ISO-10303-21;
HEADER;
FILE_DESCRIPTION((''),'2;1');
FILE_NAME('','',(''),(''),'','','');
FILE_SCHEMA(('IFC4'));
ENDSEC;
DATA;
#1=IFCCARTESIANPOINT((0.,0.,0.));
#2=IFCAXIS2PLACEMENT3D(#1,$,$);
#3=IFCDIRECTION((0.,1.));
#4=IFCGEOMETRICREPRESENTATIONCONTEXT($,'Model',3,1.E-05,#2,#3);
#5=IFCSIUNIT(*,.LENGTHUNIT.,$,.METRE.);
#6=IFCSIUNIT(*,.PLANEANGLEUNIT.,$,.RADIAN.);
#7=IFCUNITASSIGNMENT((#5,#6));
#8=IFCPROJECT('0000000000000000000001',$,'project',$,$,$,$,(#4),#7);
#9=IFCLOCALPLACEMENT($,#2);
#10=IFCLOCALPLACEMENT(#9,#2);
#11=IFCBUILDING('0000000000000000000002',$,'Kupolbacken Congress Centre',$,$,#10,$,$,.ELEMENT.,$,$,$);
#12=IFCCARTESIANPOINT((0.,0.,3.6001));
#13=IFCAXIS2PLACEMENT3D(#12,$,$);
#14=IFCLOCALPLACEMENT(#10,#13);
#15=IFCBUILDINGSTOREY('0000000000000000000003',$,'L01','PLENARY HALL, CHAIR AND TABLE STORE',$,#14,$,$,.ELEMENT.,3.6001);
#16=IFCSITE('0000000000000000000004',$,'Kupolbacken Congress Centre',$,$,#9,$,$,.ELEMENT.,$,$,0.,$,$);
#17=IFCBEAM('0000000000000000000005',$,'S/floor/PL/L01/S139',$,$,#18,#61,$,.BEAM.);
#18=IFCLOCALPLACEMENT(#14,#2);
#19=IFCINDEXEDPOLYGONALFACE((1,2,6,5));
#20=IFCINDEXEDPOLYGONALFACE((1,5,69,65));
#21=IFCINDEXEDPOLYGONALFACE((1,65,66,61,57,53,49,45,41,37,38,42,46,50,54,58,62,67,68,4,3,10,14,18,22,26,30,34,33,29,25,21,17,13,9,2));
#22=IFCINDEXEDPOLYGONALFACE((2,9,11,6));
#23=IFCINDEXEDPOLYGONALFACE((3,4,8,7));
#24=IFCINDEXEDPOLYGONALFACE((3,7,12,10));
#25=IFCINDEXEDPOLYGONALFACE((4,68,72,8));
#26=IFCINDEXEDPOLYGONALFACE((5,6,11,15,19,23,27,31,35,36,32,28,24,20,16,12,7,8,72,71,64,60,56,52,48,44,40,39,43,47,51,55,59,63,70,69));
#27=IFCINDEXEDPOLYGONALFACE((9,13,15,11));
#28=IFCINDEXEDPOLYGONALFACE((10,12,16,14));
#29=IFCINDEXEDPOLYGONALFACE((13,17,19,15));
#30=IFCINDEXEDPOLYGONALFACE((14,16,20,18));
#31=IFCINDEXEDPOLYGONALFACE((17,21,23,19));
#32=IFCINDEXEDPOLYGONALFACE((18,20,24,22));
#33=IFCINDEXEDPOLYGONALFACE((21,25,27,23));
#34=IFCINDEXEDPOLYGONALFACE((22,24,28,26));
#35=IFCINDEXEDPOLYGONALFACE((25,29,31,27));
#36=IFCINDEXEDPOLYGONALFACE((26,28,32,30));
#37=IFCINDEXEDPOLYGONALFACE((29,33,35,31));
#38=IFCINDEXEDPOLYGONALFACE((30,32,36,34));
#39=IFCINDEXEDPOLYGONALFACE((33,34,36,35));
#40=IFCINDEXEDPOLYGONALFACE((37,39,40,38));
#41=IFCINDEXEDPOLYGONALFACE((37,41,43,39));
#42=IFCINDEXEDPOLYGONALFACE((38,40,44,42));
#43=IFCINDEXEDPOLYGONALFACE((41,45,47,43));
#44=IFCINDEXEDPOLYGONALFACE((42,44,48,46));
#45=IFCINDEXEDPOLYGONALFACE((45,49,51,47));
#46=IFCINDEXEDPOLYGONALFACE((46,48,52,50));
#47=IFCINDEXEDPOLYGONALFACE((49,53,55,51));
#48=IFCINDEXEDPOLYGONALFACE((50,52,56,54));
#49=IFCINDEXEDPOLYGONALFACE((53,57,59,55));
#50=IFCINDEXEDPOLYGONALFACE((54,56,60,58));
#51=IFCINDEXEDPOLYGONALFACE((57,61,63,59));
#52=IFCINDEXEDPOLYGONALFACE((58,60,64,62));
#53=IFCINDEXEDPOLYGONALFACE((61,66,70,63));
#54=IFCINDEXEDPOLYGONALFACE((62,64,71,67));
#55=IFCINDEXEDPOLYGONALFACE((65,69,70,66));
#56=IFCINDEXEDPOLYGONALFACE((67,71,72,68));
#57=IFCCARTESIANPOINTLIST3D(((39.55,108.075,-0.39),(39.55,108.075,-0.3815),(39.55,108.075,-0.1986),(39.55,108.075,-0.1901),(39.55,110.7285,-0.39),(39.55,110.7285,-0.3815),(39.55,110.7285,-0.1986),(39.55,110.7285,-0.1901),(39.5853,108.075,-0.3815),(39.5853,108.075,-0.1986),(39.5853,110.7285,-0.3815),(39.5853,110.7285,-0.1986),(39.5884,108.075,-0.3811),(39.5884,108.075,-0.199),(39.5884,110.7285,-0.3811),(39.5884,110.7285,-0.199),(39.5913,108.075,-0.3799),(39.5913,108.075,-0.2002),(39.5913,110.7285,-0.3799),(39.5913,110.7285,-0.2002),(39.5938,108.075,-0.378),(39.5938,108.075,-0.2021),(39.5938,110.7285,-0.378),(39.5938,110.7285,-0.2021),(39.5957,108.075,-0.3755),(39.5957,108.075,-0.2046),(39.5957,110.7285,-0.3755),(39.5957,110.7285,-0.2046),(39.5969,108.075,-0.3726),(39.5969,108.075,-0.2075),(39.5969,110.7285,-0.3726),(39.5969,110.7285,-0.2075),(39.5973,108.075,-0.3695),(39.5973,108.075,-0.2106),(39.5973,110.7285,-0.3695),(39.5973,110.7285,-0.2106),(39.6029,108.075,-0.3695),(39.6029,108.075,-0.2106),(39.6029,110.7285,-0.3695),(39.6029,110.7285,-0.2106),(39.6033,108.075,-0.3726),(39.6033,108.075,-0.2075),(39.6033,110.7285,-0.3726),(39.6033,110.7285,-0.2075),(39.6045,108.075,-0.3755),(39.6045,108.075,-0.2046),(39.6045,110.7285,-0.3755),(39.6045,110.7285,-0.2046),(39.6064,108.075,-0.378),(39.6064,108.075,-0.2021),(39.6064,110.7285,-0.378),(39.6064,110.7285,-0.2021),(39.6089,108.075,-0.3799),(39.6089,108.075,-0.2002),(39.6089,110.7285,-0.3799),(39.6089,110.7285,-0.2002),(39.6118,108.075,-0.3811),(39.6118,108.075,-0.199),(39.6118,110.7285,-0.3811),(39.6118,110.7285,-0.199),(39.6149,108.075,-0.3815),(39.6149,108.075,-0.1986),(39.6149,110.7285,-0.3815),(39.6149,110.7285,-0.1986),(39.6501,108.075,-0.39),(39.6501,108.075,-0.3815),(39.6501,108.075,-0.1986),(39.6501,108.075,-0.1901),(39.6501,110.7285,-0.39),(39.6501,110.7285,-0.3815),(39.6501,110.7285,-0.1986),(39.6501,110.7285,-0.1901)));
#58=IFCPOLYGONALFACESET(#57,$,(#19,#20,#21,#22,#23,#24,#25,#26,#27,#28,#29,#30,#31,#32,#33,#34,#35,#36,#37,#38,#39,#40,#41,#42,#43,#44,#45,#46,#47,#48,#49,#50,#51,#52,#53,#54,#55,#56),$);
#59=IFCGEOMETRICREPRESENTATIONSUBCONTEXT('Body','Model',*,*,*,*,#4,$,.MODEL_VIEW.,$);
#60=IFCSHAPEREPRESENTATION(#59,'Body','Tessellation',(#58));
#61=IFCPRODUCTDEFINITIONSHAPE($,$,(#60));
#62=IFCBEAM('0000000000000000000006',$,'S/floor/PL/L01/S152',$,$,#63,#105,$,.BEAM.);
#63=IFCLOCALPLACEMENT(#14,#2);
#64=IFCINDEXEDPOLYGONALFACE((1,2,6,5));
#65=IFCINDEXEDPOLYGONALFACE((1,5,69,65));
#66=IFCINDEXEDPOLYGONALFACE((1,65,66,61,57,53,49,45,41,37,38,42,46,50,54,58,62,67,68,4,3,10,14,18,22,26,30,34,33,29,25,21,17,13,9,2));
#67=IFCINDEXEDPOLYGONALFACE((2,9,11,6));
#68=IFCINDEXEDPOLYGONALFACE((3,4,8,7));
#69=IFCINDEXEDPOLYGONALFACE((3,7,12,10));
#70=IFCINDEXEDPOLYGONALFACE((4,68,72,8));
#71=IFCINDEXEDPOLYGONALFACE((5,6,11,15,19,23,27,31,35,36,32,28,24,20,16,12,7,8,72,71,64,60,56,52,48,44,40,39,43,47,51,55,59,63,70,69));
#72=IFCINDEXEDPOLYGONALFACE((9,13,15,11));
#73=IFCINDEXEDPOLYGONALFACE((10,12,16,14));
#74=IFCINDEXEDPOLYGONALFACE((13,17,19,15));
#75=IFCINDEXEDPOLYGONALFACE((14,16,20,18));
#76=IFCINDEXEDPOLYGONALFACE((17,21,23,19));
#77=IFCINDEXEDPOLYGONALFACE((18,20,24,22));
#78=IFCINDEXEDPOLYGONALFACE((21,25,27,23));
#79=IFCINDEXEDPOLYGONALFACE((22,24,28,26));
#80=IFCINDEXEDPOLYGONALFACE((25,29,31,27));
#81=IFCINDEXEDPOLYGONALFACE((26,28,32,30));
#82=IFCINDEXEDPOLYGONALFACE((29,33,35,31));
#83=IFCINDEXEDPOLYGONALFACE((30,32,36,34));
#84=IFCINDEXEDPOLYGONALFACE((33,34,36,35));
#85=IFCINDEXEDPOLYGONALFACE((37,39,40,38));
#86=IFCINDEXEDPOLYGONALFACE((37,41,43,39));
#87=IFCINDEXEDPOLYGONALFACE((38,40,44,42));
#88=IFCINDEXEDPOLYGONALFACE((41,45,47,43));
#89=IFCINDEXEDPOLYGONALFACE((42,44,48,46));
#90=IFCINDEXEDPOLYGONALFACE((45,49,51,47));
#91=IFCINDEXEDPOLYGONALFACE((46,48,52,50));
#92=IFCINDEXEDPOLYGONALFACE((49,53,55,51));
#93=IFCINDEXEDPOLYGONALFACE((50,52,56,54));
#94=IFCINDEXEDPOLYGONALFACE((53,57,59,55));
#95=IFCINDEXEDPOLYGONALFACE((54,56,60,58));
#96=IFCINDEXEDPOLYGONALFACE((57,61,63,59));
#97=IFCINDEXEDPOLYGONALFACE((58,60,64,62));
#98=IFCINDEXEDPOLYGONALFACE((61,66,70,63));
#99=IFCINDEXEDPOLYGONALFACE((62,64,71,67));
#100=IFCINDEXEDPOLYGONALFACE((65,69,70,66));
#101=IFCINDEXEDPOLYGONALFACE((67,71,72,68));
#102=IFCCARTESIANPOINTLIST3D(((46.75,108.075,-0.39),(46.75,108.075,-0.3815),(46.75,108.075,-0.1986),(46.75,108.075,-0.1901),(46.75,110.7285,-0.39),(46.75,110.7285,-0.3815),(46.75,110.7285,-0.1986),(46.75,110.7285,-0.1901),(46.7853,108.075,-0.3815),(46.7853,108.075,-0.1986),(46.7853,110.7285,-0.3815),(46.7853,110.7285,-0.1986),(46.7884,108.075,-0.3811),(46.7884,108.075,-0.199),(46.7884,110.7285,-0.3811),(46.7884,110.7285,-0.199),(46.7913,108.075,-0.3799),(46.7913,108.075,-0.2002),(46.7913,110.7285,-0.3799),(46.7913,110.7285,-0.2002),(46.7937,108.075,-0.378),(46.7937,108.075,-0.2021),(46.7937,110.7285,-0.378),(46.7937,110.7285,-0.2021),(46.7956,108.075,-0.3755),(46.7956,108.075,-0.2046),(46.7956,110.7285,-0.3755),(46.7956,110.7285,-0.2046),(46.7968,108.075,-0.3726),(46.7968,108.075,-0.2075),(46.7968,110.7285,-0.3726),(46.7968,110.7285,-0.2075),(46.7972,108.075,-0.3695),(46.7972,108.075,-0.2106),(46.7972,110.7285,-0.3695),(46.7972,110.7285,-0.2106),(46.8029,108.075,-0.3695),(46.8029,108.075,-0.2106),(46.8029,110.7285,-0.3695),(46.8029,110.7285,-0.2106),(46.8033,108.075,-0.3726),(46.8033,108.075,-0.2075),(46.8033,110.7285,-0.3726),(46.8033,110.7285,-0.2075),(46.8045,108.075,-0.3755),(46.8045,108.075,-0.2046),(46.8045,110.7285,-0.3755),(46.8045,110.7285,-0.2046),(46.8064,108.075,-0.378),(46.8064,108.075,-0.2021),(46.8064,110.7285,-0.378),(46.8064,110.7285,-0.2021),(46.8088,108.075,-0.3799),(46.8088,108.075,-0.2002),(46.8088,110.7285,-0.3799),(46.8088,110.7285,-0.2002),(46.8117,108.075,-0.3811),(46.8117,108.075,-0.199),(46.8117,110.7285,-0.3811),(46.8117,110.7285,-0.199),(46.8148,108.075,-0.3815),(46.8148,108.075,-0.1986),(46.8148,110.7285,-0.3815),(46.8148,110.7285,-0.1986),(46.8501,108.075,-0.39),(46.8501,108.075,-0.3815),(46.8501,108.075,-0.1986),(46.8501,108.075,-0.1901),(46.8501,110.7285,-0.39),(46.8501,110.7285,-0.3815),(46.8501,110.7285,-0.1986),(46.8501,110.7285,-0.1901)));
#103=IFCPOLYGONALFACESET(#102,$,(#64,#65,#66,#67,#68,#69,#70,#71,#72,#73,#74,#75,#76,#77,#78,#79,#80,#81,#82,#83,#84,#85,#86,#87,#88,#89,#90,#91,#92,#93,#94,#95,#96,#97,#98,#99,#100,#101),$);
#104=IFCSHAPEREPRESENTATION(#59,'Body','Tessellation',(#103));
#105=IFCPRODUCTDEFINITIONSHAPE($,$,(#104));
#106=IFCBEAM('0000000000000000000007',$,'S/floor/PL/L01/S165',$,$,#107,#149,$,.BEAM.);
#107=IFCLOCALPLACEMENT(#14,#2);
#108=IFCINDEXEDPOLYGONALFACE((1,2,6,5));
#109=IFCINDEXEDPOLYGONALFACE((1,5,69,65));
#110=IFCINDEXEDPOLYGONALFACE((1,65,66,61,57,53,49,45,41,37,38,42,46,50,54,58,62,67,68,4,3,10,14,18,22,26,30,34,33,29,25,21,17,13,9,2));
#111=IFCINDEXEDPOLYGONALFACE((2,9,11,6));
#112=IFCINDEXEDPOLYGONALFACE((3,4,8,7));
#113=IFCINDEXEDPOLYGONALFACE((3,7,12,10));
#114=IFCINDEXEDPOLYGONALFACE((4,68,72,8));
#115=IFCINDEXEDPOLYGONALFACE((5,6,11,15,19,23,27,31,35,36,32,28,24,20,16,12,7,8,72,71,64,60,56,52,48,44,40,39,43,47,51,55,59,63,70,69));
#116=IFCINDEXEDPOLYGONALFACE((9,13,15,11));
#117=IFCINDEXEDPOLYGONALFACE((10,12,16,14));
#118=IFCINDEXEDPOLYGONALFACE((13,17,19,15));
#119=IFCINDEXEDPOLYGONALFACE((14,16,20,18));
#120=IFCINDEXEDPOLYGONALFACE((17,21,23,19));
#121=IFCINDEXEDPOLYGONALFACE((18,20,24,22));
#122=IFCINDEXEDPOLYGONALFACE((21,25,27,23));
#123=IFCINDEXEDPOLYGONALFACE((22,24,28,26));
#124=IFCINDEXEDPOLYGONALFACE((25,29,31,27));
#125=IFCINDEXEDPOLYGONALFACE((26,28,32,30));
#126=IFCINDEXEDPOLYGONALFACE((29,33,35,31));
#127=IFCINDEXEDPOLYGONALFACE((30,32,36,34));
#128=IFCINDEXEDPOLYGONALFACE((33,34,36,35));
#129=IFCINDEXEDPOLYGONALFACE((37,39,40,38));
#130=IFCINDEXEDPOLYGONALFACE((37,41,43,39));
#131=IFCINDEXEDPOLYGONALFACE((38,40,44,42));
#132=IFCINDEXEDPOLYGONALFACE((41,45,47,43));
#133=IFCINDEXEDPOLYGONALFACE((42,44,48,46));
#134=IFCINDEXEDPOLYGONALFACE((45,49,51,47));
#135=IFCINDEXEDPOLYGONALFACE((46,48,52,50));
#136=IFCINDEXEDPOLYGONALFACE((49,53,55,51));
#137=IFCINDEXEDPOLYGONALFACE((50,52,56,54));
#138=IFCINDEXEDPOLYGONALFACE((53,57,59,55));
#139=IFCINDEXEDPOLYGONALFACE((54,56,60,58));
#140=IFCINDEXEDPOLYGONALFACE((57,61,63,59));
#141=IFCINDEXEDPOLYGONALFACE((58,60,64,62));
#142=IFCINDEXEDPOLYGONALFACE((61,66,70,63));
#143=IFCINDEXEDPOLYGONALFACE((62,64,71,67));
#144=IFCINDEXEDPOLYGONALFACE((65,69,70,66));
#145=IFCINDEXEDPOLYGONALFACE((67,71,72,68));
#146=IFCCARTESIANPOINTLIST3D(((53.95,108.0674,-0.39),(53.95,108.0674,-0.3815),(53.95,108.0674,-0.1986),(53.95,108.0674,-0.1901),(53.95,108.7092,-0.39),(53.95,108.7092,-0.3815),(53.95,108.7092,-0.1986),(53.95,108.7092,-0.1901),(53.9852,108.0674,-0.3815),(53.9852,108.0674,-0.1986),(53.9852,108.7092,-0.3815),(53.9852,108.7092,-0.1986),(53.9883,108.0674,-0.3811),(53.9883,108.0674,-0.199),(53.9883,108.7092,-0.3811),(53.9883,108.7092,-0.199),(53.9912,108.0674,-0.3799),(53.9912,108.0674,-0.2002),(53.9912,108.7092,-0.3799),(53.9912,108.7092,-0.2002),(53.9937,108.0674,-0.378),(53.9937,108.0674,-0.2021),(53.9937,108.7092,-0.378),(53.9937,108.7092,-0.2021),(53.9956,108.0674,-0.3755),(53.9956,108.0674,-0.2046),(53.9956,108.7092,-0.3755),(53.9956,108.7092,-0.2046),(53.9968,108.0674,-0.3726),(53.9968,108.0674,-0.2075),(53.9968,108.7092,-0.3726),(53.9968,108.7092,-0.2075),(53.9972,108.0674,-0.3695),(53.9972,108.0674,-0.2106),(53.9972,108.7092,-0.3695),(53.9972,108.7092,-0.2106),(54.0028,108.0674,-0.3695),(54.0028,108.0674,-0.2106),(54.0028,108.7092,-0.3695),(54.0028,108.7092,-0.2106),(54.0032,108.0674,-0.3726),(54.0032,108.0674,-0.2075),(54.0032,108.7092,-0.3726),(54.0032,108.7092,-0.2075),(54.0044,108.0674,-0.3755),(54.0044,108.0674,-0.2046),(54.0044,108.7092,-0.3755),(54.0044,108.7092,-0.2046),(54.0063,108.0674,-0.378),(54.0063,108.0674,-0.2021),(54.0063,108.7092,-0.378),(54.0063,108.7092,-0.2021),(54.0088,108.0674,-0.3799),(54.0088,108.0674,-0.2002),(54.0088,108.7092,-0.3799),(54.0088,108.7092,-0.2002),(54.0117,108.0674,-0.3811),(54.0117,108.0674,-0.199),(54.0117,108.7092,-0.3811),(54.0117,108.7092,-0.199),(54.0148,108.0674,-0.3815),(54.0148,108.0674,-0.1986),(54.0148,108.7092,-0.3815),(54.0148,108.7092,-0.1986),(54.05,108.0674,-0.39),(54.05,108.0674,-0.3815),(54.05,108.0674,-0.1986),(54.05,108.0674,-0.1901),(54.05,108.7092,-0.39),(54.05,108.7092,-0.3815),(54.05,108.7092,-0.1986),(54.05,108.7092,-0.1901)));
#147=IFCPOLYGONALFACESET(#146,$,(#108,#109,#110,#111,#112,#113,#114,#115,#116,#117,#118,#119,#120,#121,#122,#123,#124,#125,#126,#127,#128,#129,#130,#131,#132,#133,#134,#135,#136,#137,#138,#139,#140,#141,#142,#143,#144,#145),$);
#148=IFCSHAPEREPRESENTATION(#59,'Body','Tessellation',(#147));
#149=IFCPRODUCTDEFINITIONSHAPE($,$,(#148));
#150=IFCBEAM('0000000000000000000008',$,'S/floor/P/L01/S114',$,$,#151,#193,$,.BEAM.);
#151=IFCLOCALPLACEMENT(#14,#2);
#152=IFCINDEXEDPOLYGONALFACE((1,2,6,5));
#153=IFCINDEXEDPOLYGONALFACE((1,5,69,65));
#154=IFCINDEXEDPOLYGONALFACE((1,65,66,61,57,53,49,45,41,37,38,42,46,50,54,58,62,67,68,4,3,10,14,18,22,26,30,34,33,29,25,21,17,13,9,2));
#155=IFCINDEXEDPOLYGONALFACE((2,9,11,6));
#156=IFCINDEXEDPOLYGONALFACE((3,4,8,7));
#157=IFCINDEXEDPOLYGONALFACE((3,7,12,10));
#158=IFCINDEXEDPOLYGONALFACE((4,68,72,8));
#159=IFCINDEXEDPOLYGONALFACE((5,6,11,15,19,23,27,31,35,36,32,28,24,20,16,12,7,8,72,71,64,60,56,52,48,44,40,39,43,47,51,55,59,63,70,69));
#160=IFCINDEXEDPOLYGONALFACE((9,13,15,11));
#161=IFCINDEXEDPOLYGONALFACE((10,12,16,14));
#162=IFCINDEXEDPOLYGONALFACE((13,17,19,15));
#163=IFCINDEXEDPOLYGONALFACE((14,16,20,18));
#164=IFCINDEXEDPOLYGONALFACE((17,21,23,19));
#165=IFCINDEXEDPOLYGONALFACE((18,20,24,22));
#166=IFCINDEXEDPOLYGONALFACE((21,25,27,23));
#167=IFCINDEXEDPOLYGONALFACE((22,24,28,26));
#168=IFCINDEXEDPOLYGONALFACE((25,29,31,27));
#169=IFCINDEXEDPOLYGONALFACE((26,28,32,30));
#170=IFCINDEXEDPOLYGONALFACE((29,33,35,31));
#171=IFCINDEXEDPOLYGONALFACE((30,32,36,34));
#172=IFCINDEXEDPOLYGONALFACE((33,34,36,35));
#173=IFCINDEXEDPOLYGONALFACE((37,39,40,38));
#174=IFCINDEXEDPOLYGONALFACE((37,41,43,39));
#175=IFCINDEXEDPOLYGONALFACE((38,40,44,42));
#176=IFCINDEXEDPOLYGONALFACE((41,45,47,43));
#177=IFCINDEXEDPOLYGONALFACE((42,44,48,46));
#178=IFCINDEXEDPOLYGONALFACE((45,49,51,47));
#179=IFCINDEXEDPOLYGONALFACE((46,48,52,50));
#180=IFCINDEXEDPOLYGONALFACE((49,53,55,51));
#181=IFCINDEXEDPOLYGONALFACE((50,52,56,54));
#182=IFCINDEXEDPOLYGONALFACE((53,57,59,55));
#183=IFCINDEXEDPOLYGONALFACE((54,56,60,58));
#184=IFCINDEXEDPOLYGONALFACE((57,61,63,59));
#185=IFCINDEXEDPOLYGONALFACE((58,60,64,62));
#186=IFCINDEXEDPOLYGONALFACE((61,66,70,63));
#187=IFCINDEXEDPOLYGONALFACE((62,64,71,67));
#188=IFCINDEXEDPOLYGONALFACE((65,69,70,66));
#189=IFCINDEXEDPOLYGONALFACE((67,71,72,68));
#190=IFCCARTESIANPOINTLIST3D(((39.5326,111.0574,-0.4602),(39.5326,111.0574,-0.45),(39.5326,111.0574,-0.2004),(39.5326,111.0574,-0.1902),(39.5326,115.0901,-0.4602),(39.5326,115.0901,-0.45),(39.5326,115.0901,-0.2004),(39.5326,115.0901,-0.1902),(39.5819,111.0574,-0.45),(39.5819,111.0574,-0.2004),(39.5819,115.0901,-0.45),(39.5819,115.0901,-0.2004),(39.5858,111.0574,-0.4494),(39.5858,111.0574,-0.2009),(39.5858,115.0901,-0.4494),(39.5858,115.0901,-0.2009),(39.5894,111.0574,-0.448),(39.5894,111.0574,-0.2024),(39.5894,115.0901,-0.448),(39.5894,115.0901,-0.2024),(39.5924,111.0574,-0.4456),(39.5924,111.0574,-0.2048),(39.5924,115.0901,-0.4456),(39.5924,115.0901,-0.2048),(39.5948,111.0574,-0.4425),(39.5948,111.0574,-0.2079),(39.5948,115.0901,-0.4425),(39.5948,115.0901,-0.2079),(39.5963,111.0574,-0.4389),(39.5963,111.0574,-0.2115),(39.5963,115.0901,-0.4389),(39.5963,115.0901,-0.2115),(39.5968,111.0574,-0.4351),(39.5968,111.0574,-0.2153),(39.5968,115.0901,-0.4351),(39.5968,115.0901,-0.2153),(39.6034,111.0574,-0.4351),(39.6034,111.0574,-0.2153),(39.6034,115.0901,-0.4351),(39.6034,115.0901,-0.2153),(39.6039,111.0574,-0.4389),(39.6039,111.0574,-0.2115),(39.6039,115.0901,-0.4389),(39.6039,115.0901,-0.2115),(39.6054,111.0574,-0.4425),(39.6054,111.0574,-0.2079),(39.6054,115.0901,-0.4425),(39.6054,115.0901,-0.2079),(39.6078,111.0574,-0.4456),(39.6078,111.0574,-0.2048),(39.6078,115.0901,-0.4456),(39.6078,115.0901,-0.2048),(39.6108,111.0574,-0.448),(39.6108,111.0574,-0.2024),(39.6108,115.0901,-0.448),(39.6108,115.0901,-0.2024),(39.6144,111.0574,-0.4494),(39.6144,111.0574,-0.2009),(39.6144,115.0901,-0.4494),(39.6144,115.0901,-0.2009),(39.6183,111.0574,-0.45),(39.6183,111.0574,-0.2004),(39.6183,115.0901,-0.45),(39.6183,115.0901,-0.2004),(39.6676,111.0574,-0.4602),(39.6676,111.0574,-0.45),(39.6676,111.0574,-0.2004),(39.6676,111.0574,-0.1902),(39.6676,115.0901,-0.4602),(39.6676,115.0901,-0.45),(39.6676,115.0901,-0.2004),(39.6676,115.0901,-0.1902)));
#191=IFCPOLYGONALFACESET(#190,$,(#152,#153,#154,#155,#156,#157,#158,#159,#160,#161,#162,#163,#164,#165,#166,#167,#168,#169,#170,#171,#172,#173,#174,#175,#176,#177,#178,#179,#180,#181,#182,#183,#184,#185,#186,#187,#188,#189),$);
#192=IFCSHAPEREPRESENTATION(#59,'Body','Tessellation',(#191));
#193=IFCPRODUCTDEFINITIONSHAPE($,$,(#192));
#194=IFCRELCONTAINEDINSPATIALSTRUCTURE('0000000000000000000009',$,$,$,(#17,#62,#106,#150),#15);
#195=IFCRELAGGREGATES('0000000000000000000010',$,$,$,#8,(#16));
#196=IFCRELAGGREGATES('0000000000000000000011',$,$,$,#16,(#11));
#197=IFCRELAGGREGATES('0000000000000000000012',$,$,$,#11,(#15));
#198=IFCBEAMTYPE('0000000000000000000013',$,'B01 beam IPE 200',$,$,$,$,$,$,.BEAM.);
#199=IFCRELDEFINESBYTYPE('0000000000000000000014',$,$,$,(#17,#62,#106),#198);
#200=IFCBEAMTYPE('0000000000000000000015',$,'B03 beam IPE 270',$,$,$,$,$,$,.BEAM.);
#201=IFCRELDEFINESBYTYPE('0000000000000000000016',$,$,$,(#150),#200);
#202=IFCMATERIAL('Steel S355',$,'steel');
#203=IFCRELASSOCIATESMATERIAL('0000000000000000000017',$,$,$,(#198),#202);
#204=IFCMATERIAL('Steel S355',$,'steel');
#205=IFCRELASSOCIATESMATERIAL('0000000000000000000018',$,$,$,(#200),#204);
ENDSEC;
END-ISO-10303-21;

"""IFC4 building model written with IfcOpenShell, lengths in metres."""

from ifc_helpers import new_model, si_unit, direction, frame, origin, origin_2d, place, context, subcontext, project, spatial, i_section, extrude, material, material_profile, profile_set, type_object, element, save


model = new_model("IFC4")

# Units and contexts
model_context = context("Model", 3, precision=1e-05, world=origin(), true_north=direction((0.0, 1.0)))
body_context = subcontext(model_context, "Body", "Model", "MODEL_VIEW")
ifc_project = project(units=[si_unit("LENGTHUNIT", "METRE"), si_unit("PLANEANGLEUNIT", "RADIAN")], contexts=[model_context])

# Site, building, storey
site_placement = place(None, origin())
site = spatial("IfcSite", under=ifc_project, at=site_placement, Name="Kupolbacken Congress Centre", CompositionType="ELEMENT", RefElevation=0.0)
building_placement = place(site_placement, origin())
building = spatial("IfcBuilding", under=site, at=building_placement, Name="Kupolbacken Congress Centre", CompositionType="ELEMENT")
storey_placement = place(building_placement, frame((0.0, 0.0, 3.6001)))
storey = spatial("IfcBuildingStorey", under=building, at=storey_placement, Name="L01", Description="PLENARY HALL, CHAIR AND TABLE STORE", CompositionType="ELEMENT", Elevation=3.6001)

# Beams
ifc_material_1 = material(Name="Steel S355", Category="steel")
ifc_material_profile_1 = material_profile(ifc_material_1, i_section(OverallWidth=0.1001, OverallDepth=0.2, WebThickness=0.0056, FlangeThickness=0.0085, FilletRadius=0.012, at=origin_2d()), Name="IPE 200")
ifc_profile_set_1 = profile_set([ifc_material_profile_1], Name="Steel S355")
beam_type_1 = type_object("IfcBeamType", Name="B01 beam IPE 200", PredefinedType="BEAM", material=ifc_profile_set_1)
for number, where, z_axis, x_axis, name in (
    (1, (39.6001, 108.075, -0.29), (0.0, 1.0, 0.0), (-1.0, 0.0, 0.0), "S/floor/PL/L01/S139"),
    (2, (46.8, 108.075, -0.29), (0.0, 1.0, 0.0), (-1.0, 0.0, 0.0), "S/floor/PL/L01/S152"),
):
    element("IfcBeam", number, at=place(storey_placement, frame(where, z_axis=z_axis, x_axis=x_axis)), inside=storey, type_object=beam_type_1, Name=name, PredefinedType="BEAM", context=body_context, shape_type="SweptSolid", body=[
        extrude(i_section(OverallWidth=0.1001, OverallDepth=0.2, WebThickness=0.0056, FlangeThickness=0.0085, FilletRadius=0.012, at=origin_2d()), origin(), (0.0, 0.0, 1.0), 2.6536),
    ])
beam_1_placement = place(storey_placement, frame((54.0, 108.0674, -0.29), z_axis=(0.0, 1.0, 0.0), x_axis=(-1.0, 0.0, 0.0)))
element("IfcBeam", 3, at=beam_1_placement, inside=storey, type_object=beam_type_1, Name="S/floor/PL/L01/S165", PredefinedType="BEAM", context=body_context, shape_type="SweptSolid", body=[
    extrude(i_section(OverallWidth=0.1001, OverallDepth=0.2, WebThickness=0.0056, FlangeThickness=0.0085, FilletRadius=0.012, at=origin_2d()), origin(), (0.0, 0.0, 1.0), 0.6418),
])
ifc_material_2 = material(Name="Steel S355", Category="steel")
ifc_material_profile_2 = material_profile(ifc_material_2, i_section(OverallWidth=0.135, OverallDepth=0.27, WebThickness=0.0066, FlangeThickness=0.0103, FilletRadius=0.0149, at=origin_2d()), Name="IPE 270")
ifc_profile_set_2 = profile_set([ifc_material_profile_2], Name="Steel S355")
beam_type_2 = type_object("IfcBeamType", Name="B03 beam IPE 270", PredefinedType="BEAM", material=ifc_profile_set_2)
for number, where, z_axis, x_axis, name in (
    (4, (39.6001, 111.0574, -0.3252), (0.0, 1.0, 0.0), (-1.0, 0.0, 0.0), "S/floor/P/L01/S114"),
):
    element("IfcBeam", number, at=place(storey_placement, frame(where, z_axis=z_axis, x_axis=x_axis)), inside=storey, type_object=beam_type_2, Name=name, PredefinedType="BEAM", context=body_context, shape_type="SweptSolid", body=[
        extrude(i_section(OverallWidth=0.135, OverallDepth=0.27, WebThickness=0.0066, FlangeThickness=0.0103, FilletRadius=0.0149, at=origin_2d()), origin(), (0.0, 0.0, 1.0), 4.0327),
    ])

save(model, "model.ifc")
